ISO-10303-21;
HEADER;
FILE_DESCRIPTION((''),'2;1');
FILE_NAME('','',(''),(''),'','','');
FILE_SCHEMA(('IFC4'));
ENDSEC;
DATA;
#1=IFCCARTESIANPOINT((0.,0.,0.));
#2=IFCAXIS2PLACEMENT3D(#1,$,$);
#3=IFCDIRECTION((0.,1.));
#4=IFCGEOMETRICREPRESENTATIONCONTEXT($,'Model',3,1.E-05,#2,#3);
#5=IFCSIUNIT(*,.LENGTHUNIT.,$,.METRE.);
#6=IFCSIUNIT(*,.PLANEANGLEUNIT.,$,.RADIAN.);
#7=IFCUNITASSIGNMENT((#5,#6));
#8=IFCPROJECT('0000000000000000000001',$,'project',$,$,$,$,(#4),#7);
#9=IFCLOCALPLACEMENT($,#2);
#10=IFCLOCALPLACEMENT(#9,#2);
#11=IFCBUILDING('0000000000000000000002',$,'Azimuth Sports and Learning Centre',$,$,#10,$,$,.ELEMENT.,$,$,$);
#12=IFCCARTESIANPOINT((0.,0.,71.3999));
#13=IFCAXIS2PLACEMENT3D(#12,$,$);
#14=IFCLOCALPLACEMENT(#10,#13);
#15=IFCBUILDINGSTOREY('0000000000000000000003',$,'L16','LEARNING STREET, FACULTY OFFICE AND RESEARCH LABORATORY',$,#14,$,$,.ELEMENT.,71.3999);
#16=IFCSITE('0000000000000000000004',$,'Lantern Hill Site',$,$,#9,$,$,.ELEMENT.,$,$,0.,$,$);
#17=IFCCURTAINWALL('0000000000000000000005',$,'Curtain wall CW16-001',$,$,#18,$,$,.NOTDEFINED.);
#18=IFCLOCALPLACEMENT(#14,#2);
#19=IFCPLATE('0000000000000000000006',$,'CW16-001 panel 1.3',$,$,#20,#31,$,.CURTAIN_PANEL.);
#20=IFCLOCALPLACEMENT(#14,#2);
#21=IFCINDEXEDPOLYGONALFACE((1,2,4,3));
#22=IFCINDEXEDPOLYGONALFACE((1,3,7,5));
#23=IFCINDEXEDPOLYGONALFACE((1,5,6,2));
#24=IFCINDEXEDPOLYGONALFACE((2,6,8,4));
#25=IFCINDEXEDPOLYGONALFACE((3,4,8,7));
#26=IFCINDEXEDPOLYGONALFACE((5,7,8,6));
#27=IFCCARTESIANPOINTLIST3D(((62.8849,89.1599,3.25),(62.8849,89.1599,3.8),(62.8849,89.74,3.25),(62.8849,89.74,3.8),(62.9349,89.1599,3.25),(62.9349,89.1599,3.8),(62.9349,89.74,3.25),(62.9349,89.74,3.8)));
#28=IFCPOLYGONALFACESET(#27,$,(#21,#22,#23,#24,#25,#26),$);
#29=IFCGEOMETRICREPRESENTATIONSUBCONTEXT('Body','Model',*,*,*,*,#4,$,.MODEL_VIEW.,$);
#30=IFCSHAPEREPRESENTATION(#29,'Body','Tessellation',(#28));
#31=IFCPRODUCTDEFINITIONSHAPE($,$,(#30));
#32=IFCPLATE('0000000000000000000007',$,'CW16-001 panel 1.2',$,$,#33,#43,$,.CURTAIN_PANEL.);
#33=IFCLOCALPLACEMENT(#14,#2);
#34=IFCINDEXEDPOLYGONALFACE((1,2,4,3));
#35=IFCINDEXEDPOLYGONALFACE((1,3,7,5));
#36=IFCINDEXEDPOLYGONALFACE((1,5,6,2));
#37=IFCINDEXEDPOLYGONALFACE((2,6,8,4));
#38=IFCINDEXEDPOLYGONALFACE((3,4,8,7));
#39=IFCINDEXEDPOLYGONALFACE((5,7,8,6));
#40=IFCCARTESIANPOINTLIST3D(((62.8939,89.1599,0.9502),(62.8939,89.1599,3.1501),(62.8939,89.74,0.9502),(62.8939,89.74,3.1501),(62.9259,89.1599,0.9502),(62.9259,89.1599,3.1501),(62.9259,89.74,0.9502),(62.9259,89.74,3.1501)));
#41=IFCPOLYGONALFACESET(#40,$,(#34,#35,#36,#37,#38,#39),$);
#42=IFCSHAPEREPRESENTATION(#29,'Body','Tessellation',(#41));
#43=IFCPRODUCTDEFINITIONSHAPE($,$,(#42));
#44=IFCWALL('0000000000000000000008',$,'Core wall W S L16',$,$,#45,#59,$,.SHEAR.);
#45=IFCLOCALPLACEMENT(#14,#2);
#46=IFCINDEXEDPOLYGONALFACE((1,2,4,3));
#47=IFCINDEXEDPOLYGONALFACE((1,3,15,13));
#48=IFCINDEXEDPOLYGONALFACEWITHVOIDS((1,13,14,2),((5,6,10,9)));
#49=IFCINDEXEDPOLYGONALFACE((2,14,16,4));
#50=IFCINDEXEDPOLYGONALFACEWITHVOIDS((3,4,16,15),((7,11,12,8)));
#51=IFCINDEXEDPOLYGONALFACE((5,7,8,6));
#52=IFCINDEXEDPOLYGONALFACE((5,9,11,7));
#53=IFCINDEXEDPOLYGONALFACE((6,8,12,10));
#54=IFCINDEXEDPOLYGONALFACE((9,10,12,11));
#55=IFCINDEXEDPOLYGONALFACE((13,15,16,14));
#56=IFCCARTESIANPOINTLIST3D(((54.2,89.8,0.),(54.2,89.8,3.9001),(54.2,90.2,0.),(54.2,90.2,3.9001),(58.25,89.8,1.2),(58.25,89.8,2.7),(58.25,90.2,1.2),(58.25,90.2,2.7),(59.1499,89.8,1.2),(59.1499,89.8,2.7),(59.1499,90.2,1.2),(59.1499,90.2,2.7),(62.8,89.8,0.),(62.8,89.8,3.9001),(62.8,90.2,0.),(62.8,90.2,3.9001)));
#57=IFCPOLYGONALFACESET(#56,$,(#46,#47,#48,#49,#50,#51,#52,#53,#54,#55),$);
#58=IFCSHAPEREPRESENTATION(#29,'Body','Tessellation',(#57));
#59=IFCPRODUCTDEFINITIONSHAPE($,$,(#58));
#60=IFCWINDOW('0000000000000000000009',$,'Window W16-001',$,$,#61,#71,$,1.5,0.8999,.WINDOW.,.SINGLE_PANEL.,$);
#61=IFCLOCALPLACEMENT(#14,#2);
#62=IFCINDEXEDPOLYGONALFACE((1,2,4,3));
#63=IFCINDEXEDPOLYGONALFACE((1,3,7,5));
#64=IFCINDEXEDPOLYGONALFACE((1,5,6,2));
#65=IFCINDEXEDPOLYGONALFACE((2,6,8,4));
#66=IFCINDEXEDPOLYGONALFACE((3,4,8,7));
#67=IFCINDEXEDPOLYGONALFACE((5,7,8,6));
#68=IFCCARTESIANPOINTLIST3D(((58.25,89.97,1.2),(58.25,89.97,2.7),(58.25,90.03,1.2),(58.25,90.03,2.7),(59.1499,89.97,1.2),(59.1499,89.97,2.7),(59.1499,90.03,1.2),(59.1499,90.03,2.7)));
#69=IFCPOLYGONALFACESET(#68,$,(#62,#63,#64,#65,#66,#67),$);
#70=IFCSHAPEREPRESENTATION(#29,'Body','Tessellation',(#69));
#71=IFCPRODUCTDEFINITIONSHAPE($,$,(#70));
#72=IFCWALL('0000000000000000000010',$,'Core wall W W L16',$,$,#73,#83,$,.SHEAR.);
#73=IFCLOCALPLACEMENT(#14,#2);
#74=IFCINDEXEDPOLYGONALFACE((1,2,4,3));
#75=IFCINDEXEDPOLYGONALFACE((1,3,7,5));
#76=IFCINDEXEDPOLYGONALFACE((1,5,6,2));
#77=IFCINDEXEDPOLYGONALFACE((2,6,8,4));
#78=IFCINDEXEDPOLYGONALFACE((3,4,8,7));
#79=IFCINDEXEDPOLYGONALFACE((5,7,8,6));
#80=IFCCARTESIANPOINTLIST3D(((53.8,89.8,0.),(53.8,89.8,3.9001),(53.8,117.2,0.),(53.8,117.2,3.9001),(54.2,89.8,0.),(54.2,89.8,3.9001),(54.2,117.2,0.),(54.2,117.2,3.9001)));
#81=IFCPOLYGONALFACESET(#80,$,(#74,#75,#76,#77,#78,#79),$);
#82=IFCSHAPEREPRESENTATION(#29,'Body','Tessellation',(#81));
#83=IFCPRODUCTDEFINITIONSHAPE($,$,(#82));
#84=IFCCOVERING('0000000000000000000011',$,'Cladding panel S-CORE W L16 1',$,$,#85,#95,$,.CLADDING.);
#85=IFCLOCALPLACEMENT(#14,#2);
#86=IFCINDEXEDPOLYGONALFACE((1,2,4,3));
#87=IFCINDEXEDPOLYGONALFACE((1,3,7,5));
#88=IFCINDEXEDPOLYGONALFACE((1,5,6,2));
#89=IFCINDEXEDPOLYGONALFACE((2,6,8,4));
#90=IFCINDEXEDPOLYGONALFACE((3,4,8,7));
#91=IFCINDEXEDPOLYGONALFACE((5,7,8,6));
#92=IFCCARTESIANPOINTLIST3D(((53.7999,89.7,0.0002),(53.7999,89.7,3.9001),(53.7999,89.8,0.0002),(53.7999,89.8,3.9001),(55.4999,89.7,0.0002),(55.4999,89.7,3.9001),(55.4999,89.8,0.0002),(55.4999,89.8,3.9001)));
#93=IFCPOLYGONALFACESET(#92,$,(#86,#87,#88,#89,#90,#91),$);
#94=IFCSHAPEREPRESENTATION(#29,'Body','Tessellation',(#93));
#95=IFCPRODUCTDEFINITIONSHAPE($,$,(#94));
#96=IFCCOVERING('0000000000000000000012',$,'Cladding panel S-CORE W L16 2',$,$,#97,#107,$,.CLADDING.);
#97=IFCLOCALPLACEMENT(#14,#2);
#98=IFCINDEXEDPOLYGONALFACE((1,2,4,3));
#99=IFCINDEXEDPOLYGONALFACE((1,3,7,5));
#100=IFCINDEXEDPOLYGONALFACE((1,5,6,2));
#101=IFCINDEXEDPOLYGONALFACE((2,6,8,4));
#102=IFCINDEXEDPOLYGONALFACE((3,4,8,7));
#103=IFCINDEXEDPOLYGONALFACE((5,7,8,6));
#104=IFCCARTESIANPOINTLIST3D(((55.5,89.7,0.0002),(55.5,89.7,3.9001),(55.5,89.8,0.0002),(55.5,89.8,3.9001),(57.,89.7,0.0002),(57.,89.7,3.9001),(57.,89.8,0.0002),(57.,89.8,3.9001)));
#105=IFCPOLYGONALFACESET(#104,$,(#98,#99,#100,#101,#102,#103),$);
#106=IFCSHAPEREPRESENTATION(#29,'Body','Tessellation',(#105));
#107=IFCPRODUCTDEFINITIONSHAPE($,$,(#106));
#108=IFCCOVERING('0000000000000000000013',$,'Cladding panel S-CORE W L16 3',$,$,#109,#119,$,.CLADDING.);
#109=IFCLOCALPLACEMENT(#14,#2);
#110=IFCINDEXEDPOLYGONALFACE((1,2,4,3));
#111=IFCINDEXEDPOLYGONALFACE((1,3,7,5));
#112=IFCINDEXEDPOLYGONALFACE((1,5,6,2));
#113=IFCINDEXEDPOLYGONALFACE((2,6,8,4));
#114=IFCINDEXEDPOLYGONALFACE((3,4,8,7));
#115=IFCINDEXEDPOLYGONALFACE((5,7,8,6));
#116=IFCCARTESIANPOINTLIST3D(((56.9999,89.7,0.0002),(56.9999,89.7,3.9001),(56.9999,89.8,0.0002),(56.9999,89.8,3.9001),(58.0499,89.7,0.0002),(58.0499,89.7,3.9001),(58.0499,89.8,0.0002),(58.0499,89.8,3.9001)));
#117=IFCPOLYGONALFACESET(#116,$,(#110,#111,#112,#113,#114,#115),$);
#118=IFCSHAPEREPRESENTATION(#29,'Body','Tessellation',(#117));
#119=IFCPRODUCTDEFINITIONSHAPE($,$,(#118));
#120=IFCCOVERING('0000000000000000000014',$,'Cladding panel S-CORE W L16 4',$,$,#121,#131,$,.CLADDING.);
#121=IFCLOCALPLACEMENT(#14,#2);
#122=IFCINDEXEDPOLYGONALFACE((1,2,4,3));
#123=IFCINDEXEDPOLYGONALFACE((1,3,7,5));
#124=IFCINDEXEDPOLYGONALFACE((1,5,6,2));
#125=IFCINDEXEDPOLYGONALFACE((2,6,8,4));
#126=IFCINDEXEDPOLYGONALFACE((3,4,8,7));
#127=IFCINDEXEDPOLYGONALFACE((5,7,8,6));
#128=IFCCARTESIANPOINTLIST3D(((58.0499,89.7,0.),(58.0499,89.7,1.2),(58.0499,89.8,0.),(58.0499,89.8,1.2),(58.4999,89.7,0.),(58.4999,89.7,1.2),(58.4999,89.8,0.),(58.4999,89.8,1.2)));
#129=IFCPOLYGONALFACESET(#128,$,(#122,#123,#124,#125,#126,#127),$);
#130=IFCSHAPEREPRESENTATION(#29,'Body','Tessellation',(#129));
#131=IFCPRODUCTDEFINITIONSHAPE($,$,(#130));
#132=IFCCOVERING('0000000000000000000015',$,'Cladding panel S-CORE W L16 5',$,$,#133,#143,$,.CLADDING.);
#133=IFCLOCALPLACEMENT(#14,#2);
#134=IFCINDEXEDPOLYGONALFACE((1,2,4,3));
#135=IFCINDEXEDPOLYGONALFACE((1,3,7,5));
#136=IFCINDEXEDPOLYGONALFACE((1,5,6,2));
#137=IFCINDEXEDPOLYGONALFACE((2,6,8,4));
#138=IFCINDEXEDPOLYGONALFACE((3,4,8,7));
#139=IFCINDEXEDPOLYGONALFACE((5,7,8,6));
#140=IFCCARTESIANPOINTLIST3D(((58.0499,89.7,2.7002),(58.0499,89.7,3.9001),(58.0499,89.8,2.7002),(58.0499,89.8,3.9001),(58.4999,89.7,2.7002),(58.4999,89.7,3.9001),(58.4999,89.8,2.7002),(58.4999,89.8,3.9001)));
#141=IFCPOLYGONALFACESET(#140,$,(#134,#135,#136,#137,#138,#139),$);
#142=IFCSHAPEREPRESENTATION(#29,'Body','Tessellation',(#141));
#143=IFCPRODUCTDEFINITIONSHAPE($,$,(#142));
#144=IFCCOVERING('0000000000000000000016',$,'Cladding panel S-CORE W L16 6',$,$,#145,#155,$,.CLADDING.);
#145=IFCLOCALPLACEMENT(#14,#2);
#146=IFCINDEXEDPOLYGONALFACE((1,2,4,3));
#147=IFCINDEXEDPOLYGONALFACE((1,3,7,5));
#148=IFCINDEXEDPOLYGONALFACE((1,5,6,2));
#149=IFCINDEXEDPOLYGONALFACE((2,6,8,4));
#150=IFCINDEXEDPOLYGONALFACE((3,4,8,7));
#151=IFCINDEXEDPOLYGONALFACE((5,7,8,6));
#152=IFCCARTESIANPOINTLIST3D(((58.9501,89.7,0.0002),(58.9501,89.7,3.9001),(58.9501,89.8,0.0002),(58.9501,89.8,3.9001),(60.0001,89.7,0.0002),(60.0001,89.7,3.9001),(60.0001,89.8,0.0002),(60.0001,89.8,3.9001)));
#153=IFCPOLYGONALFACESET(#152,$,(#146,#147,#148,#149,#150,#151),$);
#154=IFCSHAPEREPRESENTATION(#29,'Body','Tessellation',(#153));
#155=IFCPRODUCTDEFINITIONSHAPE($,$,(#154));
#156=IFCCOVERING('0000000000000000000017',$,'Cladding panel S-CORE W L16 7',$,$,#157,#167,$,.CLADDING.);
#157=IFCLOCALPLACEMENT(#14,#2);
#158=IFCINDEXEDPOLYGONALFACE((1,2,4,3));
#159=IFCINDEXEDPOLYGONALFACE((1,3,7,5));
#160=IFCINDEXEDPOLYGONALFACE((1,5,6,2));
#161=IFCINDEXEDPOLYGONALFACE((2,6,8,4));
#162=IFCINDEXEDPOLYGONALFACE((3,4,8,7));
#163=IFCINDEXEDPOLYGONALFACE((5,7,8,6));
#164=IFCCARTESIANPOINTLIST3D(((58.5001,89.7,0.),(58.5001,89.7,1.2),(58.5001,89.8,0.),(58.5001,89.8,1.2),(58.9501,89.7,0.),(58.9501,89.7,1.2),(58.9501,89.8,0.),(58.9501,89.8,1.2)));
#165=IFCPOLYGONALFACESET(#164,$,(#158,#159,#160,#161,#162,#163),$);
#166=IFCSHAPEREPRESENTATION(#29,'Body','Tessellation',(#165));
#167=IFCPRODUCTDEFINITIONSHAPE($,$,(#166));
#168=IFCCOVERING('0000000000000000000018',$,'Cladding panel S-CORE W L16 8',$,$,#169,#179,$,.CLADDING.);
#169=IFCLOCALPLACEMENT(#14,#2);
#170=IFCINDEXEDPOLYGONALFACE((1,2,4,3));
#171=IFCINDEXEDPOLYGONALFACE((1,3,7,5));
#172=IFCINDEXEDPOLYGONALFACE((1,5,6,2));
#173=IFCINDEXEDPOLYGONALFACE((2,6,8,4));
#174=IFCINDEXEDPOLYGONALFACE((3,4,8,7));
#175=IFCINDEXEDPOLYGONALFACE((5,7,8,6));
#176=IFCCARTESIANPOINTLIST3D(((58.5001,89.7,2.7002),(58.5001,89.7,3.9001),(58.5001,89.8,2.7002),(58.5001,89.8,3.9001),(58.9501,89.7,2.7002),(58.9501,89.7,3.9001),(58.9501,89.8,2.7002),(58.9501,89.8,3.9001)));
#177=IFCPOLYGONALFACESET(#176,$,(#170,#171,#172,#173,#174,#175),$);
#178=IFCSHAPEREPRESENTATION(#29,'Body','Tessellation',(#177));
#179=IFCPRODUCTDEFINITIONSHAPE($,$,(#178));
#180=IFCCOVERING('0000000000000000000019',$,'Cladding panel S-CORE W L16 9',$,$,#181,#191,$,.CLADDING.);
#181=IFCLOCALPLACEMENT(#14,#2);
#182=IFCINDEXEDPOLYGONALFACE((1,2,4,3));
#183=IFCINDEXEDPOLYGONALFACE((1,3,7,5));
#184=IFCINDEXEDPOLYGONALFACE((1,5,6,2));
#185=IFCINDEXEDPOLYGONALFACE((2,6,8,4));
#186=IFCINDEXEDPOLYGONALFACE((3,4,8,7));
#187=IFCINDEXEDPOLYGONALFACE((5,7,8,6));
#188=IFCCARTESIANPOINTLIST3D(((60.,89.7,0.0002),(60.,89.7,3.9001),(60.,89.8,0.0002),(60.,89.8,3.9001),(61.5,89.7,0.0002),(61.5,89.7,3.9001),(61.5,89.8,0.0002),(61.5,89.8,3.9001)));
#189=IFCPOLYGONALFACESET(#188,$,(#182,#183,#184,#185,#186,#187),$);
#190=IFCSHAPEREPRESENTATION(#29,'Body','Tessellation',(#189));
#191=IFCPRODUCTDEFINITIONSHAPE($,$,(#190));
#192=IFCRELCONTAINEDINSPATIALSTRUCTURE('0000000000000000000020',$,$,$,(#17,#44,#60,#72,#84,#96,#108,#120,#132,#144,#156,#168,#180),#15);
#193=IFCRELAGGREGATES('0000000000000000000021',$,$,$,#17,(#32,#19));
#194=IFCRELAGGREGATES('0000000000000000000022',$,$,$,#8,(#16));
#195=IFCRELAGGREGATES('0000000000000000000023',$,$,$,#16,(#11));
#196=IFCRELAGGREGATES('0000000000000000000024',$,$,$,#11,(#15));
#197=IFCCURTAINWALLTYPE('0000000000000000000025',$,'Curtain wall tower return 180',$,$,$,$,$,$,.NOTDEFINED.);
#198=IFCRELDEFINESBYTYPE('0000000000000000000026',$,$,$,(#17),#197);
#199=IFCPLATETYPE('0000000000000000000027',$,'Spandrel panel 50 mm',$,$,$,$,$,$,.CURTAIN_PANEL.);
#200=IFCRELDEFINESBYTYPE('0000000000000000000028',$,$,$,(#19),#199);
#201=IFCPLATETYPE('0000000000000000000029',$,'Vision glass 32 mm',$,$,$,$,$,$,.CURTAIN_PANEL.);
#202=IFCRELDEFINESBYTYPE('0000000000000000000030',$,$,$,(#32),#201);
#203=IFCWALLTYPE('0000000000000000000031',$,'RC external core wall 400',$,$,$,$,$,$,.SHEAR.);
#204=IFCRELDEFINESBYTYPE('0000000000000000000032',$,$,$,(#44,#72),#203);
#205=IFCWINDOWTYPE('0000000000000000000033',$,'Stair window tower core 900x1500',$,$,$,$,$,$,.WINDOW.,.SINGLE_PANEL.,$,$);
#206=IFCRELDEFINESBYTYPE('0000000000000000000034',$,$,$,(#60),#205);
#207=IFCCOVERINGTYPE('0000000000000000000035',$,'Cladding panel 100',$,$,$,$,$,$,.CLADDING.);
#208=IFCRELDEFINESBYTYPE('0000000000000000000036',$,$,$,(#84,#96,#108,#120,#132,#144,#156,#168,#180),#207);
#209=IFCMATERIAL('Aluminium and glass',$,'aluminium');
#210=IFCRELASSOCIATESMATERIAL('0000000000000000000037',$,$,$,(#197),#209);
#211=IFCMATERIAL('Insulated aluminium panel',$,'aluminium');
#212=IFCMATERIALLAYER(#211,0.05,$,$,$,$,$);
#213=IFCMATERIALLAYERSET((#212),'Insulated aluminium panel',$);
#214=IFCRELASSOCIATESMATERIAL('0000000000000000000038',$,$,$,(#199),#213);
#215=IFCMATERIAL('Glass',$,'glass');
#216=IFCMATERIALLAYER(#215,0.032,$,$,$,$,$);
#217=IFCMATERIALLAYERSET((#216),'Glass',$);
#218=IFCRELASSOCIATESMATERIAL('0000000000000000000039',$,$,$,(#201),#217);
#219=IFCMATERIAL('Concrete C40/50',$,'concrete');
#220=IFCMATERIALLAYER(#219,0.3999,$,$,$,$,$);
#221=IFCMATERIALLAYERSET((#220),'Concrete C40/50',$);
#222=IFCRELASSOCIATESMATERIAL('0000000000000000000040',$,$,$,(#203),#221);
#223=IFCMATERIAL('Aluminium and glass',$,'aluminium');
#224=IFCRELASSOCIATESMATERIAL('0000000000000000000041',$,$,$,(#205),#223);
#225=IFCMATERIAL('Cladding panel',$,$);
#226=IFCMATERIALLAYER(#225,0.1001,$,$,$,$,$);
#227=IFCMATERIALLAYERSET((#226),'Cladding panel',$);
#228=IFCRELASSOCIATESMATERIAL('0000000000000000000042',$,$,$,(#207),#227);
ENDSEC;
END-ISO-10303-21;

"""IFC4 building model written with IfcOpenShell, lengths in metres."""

from ifc_helpers import new_model, si_unit, direction, frame, frame_2d, origin, origin_2d, place, context, subcontext, project, spatial, rectangle, extrude, material, layer, layer_set, type_object, element, fill, aggregate, save


model = new_model("IFC4")

# Units and contexts
model_context = context("Model", 3, precision=1e-05, world=origin(), true_north=direction((0.0, 1.0)))
body_context = subcontext(model_context, "Body", "Model", "MODEL_VIEW")
ifc_project = project(units=[si_unit("LENGTHUNIT", "METRE"), si_unit("PLANEANGLEUNIT", "RADIAN")], contexts=[model_context])

# Site, building, storey
site_placement = place(None, origin())
site = spatial("IfcSite", under=ifc_project, at=site_placement, Name="Lantern Hill Site", CompositionType="ELEMENT", RefElevation=0.0)
building_placement = place(site_placement, origin())
building = spatial("IfcBuilding", under=site, at=building_placement, Name="Azimuth Sports and Learning Centre", CompositionType="ELEMENT")
storey_placement = place(building_placement, frame((0.0, 0.0, 71.3999)))
storey = spatial("IfcBuildingStorey", under=building, at=storey_placement, Name="L16", Description="LEARNING STREET, FACULTY OFFICE AND RESEARCH LABORATORY", CompositionType="ELEMENT", Elevation=71.3999)

# Curtain wall, plates
ifc_material_1 = material(Name="Aluminium and glass", Category="aluminium")
curtain_wall_type = type_object("IfcCurtainWallType", Name="Curtain wall tower return 180", PredefinedType="NOTDEFINED", material=ifc_material_1)
curtain_wall_placement = place(storey_placement, origin())
curtain_wall = element("IfcCurtainWall", 1, at=curtain_wall_placement, inside=storey, type_object=curtain_wall_type, Name="Curtain wall CW16-001", PredefinedType="NOTDEFINED")
ifc_material_2 = material(Name="Insulated aluminium panel", Category="aluminium")
ifc_layer_1 = layer(ifc_material_2, 0.05)
ifc_layer_set_1 = layer_set([ifc_layer_1], Name="Insulated aluminium panel")
plate_type_1 = type_object("IfcPlateType", Name="Spandrel panel 50 mm", PredefinedType="CURTAIN_PANEL", material=ifc_layer_set_1)
plate_1_placement = place(storey_placement, frame((62.9099, 89.45, 3.25), z_axis=(0.0, 0.0, 1.0), x_axis=(0.0, -1.0, 0.0)))
plate_1 = element("IfcPlate", 2, at=plate_1_placement, type_object=plate_type_1, Name="CW16-001 panel 1.3", PredefinedType="CURTAIN_PANEL", context=body_context, shape_type="SweptSolid", body=[
    extrude(rectangle(XDim=0.5801, YDim=0.05, at=origin_2d()), origin(), (0.0, 0.0, 1.0), 0.55),
])
ifc_material_3 = material(Name="Glass", Category="glass")
ifc_layer_2 = layer(ifc_material_3, 0.032)
ifc_layer_set_2 = layer_set([ifc_layer_2], Name="Glass")
plate_type_2 = type_object("IfcPlateType", Name="Vision glass 32 mm", PredefinedType="CURTAIN_PANEL", material=ifc_layer_set_2)
plate_2_placement = place(storey_placement, frame((62.9099, 89.45, 0.9502), z_axis=(0.0, 0.0, 1.0), x_axis=(0.0, -1.0, 0.0)))
plate_2 = element("IfcPlate", 3, at=plate_2_placement, type_object=plate_type_2, Name="CW16-001 panel 1.2", PredefinedType="CURTAIN_PANEL", context=body_context, shape_type="SweptSolid", body=[
    extrude(rectangle(XDim=0.5801, YDim=0.032, at=origin_2d()), origin(), (0.0, 0.0, 1.0), 2.2),
])
aggregate(curtain_wall, [plate_2, plate_1])

# Wall, opening, window
ifc_material_4 = material(Name="Concrete C40/50", Category="concrete")
ifc_layer_3 = layer(ifc_material_4, 0.3999)
ifc_layer_set_3 = layer_set([ifc_layer_3], Name="Concrete C40/50")
wall_type = type_object("IfcWallType", Name="RC external core wall 400", PredefinedType="SHEAR", material=ifc_layer_set_3)
wall_1_placement = place(storey_placement, frame((54.2, 90.0, 0.0), z_axis=(0.0, 0.0, 1.0), x_axis=(1.0, 0.0, 0.0)))
wall_1 = element("IfcWall", 4, at=wall_1_placement, inside=storey, type_object=wall_type, Name="Core wall W S L16", PredefinedType="SHEAR", context=body_context, shape_type="SweptSolid", body=[
    extrude(rectangle(XDim=8.6001, YDim=0.3999, at=frame_2d((4.3, 0.0))), origin(), (0.0, 0.0, 1.0), 3.9001),
])
opening_placement = place(wall_1_placement, frame((4.05, 0.0, 1.2)))
opening = element("IfcOpeningElement", 5, at=opening_placement, cuts=wall_1, PredefinedType="OPENING", context=body_context, shape_type="SweptSolid", body=[
    extrude(rectangle(XDim=0.8999, YDim=1.5, at=frame_2d((0.45, 0.75))), frame((0.0, 0.2109, 0.0), z_axis=(0.0, -1.0, 0.0), x_axis=(1.0, 0.0, 0.0)), (0.0, 0.0, 1.0), 0.4219),
])
ifc_material_5 = material(Name="Aluminium and glass", Category="aluminium")
window_type = type_object("IfcWindowType", Name="Stair window tower core 900x1500", PartitioningType="SINGLE_PANEL", PredefinedType="WINDOW", material=ifc_material_5)
window_placement = place(opening_placement, origin())
window = element("IfcWindow", 6, at=window_placement, inside=storey, type_object=window_type, Name="Window W16-001", OverallHeight=1.5, OverallWidth=0.8999, PartitioningType="SINGLE_PANEL", PredefinedType="WINDOW", context=body_context, shape_type="SweptSolid", body=[
    extrude(rectangle(XDim=0.8999, YDim=1.5, at=frame_2d((0.45, 0.75))), frame((0.0, 0.03, 0.0), z_axis=(0.0, -1.0, 0.0), x_axis=(1.0, 0.0, 0.0)), (0.0, 0.0, 1.0), 0.0601),
])
fill(opening, window)

# Wall
wall_2_placement = place(storey_placement, frame((54.0, 89.8, 0.0), z_axis=(0.0, 0.0, 1.0), x_axis=(0.0, 1.0, 0.0)))
element("IfcWall", 7, at=wall_2_placement, inside=storey, type_object=wall_type, Name="Core wall W W L16", PredefinedType="SHEAR", context=body_context, shape_type="SweptSolid", body=[
    extrude(rectangle(XDim=27.3999, YDim=0.3999, at=frame_2d((13.7, 0.0))), origin(), (0.0, 0.0, 1.0), 3.9001),
])

# Coverings
ifc_material_6 = material(Name="Cladding panel")
ifc_layer_4 = layer(ifc_material_6, 0.1001)
ifc_layer_set_4 = layer_set([ifc_layer_4], Name="Cladding panel")
covering_type = type_object("IfcCoveringType", Name="Cladding panel 100", PredefinedType="CLADDING", material=ifc_layer_set_4)
covering_1_placement = place(storey_placement, frame((54.6499, 89.75, 0.0002), z_axis=(0.0, 0.0, 1.0), x_axis=(1.0, 0.0, 0.0)))
element("IfcCovering", 8, at=covering_1_placement, inside=storey, type_object=covering_type, Name="Cladding panel S-CORE W L16 1", PredefinedType="CLADDING", context=body_context, shape_type="SweptSolid", body=[
    extrude(rectangle(XDim=1.7, YDim=0.1001, at=origin_2d()), origin(), (0.0, 0.0, 1.0), 3.8999),
])
covering_2_placement = place(storey_placement, frame((56.25, 89.75, 0.0002), z_axis=(0.0, 0.0, 1.0), x_axis=(1.0, 0.0, 0.0)))
element("IfcCovering", 9, at=covering_2_placement, inside=storey, type_object=covering_type, Name="Cladding panel S-CORE W L16 2", PredefinedType="CLADDING", context=body_context, shape_type="SweptSolid", body=[
    extrude(rectangle(XDim=1.5, YDim=0.1001, at=origin_2d()), origin(), (0.0, 0.0, 1.0), 3.8999),
])
covering_3_placement = place(storey_placement, frame((57.5249, 89.75, 0.0002), z_axis=(0.0, 0.0, 1.0), x_axis=(1.0, 0.0, 0.0)))
element("IfcCovering", 10, at=covering_3_placement, inside=storey, type_object=covering_type, Name="Cladding panel S-CORE W L16 3", PredefinedType="CLADDING", context=body_context, shape_type="SweptSolid", body=[
    extrude(rectangle(XDim=1.05, YDim=0.1001, at=origin_2d()), origin(), (0.0, 0.0, 1.0), 3.8999),
])
for number, where, z_axis, x_axis, name in (
    (11, (58.2749, 89.75, 0.0), (0.0, 0.0, 1.0), (1.0, 0.0, 0.0), "Cladding panel S-CORE W L16 4"),
    (12, (58.2749, 89.75, 2.7002), (0.0, 0.0, 1.0), (1.0, 0.0, 0.0), "Cladding panel S-CORE W L16 5"),
):
    element("IfcCovering", number, at=place(storey_placement, frame(where, z_axis=z_axis, x_axis=x_axis)), inside=storey, type_object=covering_type, Name=name, PredefinedType="CLADDING", context=body_context, shape_type="SweptSolid", body=[
        extrude(rectangle(XDim=0.45, YDim=0.1001, at=origin_2d()), origin(), (0.0, 0.0, 1.0), 1.2),
    ])
covering_4_placement = place(storey_placement, frame((59.4751, 89.75, 0.0002), z_axis=(0.0, 0.0, 1.0), x_axis=(1.0, 0.0, 0.0)))
element("IfcCovering", 13, at=covering_4_placement, inside=storey, type_object=covering_type, Name="Cladding panel S-CORE W L16 6", PredefinedType="CLADDING", context=body_context, shape_type="SweptSolid", body=[
    extrude(rectangle(XDim=1.05, YDim=0.1001, at=origin_2d()), origin(), (0.0, 0.0, 1.0), 3.8999),
])
for number, where, z_axis, x_axis, name in (
    (14, (58.7251, 89.75, 0.0), (0.0, 0.0, 1.0), (1.0, 0.0, 0.0), "Cladding panel S-CORE W L16 7"),
    (15, (58.7251, 89.75, 2.7002), (0.0, 0.0, 1.0), (1.0, 0.0, 0.0), "Cladding panel S-CORE W L16 8"),
):
    element("IfcCovering", number, at=place(storey_placement, frame(where, z_axis=z_axis, x_axis=x_axis)), inside=storey, type_object=covering_type, Name=name, PredefinedType="CLADDING", context=body_context, shape_type="SweptSolid", body=[
        extrude(rectangle(XDim=0.45, YDim=0.1001, at=origin_2d()), origin(), (0.0, 0.0, 1.0), 1.2),
    ])
covering_5_placement = place(storey_placement, frame((60.75, 89.75, 0.0002), z_axis=(0.0, 0.0, 1.0), x_axis=(1.0, 0.0, 0.0)))
element("IfcCovering", 16, at=covering_5_placement, inside=storey, type_object=covering_type, Name="Cladding panel S-CORE W L16 9", PredefinedType="CLADDING", context=body_context, shape_type="SweptSolid", body=[
    extrude(rectangle(XDim=1.5, YDim=0.1001, at=origin_2d()), origin(), (0.0, 0.0, 1.0), 3.8999),
])

save(model, "model.ifc")
